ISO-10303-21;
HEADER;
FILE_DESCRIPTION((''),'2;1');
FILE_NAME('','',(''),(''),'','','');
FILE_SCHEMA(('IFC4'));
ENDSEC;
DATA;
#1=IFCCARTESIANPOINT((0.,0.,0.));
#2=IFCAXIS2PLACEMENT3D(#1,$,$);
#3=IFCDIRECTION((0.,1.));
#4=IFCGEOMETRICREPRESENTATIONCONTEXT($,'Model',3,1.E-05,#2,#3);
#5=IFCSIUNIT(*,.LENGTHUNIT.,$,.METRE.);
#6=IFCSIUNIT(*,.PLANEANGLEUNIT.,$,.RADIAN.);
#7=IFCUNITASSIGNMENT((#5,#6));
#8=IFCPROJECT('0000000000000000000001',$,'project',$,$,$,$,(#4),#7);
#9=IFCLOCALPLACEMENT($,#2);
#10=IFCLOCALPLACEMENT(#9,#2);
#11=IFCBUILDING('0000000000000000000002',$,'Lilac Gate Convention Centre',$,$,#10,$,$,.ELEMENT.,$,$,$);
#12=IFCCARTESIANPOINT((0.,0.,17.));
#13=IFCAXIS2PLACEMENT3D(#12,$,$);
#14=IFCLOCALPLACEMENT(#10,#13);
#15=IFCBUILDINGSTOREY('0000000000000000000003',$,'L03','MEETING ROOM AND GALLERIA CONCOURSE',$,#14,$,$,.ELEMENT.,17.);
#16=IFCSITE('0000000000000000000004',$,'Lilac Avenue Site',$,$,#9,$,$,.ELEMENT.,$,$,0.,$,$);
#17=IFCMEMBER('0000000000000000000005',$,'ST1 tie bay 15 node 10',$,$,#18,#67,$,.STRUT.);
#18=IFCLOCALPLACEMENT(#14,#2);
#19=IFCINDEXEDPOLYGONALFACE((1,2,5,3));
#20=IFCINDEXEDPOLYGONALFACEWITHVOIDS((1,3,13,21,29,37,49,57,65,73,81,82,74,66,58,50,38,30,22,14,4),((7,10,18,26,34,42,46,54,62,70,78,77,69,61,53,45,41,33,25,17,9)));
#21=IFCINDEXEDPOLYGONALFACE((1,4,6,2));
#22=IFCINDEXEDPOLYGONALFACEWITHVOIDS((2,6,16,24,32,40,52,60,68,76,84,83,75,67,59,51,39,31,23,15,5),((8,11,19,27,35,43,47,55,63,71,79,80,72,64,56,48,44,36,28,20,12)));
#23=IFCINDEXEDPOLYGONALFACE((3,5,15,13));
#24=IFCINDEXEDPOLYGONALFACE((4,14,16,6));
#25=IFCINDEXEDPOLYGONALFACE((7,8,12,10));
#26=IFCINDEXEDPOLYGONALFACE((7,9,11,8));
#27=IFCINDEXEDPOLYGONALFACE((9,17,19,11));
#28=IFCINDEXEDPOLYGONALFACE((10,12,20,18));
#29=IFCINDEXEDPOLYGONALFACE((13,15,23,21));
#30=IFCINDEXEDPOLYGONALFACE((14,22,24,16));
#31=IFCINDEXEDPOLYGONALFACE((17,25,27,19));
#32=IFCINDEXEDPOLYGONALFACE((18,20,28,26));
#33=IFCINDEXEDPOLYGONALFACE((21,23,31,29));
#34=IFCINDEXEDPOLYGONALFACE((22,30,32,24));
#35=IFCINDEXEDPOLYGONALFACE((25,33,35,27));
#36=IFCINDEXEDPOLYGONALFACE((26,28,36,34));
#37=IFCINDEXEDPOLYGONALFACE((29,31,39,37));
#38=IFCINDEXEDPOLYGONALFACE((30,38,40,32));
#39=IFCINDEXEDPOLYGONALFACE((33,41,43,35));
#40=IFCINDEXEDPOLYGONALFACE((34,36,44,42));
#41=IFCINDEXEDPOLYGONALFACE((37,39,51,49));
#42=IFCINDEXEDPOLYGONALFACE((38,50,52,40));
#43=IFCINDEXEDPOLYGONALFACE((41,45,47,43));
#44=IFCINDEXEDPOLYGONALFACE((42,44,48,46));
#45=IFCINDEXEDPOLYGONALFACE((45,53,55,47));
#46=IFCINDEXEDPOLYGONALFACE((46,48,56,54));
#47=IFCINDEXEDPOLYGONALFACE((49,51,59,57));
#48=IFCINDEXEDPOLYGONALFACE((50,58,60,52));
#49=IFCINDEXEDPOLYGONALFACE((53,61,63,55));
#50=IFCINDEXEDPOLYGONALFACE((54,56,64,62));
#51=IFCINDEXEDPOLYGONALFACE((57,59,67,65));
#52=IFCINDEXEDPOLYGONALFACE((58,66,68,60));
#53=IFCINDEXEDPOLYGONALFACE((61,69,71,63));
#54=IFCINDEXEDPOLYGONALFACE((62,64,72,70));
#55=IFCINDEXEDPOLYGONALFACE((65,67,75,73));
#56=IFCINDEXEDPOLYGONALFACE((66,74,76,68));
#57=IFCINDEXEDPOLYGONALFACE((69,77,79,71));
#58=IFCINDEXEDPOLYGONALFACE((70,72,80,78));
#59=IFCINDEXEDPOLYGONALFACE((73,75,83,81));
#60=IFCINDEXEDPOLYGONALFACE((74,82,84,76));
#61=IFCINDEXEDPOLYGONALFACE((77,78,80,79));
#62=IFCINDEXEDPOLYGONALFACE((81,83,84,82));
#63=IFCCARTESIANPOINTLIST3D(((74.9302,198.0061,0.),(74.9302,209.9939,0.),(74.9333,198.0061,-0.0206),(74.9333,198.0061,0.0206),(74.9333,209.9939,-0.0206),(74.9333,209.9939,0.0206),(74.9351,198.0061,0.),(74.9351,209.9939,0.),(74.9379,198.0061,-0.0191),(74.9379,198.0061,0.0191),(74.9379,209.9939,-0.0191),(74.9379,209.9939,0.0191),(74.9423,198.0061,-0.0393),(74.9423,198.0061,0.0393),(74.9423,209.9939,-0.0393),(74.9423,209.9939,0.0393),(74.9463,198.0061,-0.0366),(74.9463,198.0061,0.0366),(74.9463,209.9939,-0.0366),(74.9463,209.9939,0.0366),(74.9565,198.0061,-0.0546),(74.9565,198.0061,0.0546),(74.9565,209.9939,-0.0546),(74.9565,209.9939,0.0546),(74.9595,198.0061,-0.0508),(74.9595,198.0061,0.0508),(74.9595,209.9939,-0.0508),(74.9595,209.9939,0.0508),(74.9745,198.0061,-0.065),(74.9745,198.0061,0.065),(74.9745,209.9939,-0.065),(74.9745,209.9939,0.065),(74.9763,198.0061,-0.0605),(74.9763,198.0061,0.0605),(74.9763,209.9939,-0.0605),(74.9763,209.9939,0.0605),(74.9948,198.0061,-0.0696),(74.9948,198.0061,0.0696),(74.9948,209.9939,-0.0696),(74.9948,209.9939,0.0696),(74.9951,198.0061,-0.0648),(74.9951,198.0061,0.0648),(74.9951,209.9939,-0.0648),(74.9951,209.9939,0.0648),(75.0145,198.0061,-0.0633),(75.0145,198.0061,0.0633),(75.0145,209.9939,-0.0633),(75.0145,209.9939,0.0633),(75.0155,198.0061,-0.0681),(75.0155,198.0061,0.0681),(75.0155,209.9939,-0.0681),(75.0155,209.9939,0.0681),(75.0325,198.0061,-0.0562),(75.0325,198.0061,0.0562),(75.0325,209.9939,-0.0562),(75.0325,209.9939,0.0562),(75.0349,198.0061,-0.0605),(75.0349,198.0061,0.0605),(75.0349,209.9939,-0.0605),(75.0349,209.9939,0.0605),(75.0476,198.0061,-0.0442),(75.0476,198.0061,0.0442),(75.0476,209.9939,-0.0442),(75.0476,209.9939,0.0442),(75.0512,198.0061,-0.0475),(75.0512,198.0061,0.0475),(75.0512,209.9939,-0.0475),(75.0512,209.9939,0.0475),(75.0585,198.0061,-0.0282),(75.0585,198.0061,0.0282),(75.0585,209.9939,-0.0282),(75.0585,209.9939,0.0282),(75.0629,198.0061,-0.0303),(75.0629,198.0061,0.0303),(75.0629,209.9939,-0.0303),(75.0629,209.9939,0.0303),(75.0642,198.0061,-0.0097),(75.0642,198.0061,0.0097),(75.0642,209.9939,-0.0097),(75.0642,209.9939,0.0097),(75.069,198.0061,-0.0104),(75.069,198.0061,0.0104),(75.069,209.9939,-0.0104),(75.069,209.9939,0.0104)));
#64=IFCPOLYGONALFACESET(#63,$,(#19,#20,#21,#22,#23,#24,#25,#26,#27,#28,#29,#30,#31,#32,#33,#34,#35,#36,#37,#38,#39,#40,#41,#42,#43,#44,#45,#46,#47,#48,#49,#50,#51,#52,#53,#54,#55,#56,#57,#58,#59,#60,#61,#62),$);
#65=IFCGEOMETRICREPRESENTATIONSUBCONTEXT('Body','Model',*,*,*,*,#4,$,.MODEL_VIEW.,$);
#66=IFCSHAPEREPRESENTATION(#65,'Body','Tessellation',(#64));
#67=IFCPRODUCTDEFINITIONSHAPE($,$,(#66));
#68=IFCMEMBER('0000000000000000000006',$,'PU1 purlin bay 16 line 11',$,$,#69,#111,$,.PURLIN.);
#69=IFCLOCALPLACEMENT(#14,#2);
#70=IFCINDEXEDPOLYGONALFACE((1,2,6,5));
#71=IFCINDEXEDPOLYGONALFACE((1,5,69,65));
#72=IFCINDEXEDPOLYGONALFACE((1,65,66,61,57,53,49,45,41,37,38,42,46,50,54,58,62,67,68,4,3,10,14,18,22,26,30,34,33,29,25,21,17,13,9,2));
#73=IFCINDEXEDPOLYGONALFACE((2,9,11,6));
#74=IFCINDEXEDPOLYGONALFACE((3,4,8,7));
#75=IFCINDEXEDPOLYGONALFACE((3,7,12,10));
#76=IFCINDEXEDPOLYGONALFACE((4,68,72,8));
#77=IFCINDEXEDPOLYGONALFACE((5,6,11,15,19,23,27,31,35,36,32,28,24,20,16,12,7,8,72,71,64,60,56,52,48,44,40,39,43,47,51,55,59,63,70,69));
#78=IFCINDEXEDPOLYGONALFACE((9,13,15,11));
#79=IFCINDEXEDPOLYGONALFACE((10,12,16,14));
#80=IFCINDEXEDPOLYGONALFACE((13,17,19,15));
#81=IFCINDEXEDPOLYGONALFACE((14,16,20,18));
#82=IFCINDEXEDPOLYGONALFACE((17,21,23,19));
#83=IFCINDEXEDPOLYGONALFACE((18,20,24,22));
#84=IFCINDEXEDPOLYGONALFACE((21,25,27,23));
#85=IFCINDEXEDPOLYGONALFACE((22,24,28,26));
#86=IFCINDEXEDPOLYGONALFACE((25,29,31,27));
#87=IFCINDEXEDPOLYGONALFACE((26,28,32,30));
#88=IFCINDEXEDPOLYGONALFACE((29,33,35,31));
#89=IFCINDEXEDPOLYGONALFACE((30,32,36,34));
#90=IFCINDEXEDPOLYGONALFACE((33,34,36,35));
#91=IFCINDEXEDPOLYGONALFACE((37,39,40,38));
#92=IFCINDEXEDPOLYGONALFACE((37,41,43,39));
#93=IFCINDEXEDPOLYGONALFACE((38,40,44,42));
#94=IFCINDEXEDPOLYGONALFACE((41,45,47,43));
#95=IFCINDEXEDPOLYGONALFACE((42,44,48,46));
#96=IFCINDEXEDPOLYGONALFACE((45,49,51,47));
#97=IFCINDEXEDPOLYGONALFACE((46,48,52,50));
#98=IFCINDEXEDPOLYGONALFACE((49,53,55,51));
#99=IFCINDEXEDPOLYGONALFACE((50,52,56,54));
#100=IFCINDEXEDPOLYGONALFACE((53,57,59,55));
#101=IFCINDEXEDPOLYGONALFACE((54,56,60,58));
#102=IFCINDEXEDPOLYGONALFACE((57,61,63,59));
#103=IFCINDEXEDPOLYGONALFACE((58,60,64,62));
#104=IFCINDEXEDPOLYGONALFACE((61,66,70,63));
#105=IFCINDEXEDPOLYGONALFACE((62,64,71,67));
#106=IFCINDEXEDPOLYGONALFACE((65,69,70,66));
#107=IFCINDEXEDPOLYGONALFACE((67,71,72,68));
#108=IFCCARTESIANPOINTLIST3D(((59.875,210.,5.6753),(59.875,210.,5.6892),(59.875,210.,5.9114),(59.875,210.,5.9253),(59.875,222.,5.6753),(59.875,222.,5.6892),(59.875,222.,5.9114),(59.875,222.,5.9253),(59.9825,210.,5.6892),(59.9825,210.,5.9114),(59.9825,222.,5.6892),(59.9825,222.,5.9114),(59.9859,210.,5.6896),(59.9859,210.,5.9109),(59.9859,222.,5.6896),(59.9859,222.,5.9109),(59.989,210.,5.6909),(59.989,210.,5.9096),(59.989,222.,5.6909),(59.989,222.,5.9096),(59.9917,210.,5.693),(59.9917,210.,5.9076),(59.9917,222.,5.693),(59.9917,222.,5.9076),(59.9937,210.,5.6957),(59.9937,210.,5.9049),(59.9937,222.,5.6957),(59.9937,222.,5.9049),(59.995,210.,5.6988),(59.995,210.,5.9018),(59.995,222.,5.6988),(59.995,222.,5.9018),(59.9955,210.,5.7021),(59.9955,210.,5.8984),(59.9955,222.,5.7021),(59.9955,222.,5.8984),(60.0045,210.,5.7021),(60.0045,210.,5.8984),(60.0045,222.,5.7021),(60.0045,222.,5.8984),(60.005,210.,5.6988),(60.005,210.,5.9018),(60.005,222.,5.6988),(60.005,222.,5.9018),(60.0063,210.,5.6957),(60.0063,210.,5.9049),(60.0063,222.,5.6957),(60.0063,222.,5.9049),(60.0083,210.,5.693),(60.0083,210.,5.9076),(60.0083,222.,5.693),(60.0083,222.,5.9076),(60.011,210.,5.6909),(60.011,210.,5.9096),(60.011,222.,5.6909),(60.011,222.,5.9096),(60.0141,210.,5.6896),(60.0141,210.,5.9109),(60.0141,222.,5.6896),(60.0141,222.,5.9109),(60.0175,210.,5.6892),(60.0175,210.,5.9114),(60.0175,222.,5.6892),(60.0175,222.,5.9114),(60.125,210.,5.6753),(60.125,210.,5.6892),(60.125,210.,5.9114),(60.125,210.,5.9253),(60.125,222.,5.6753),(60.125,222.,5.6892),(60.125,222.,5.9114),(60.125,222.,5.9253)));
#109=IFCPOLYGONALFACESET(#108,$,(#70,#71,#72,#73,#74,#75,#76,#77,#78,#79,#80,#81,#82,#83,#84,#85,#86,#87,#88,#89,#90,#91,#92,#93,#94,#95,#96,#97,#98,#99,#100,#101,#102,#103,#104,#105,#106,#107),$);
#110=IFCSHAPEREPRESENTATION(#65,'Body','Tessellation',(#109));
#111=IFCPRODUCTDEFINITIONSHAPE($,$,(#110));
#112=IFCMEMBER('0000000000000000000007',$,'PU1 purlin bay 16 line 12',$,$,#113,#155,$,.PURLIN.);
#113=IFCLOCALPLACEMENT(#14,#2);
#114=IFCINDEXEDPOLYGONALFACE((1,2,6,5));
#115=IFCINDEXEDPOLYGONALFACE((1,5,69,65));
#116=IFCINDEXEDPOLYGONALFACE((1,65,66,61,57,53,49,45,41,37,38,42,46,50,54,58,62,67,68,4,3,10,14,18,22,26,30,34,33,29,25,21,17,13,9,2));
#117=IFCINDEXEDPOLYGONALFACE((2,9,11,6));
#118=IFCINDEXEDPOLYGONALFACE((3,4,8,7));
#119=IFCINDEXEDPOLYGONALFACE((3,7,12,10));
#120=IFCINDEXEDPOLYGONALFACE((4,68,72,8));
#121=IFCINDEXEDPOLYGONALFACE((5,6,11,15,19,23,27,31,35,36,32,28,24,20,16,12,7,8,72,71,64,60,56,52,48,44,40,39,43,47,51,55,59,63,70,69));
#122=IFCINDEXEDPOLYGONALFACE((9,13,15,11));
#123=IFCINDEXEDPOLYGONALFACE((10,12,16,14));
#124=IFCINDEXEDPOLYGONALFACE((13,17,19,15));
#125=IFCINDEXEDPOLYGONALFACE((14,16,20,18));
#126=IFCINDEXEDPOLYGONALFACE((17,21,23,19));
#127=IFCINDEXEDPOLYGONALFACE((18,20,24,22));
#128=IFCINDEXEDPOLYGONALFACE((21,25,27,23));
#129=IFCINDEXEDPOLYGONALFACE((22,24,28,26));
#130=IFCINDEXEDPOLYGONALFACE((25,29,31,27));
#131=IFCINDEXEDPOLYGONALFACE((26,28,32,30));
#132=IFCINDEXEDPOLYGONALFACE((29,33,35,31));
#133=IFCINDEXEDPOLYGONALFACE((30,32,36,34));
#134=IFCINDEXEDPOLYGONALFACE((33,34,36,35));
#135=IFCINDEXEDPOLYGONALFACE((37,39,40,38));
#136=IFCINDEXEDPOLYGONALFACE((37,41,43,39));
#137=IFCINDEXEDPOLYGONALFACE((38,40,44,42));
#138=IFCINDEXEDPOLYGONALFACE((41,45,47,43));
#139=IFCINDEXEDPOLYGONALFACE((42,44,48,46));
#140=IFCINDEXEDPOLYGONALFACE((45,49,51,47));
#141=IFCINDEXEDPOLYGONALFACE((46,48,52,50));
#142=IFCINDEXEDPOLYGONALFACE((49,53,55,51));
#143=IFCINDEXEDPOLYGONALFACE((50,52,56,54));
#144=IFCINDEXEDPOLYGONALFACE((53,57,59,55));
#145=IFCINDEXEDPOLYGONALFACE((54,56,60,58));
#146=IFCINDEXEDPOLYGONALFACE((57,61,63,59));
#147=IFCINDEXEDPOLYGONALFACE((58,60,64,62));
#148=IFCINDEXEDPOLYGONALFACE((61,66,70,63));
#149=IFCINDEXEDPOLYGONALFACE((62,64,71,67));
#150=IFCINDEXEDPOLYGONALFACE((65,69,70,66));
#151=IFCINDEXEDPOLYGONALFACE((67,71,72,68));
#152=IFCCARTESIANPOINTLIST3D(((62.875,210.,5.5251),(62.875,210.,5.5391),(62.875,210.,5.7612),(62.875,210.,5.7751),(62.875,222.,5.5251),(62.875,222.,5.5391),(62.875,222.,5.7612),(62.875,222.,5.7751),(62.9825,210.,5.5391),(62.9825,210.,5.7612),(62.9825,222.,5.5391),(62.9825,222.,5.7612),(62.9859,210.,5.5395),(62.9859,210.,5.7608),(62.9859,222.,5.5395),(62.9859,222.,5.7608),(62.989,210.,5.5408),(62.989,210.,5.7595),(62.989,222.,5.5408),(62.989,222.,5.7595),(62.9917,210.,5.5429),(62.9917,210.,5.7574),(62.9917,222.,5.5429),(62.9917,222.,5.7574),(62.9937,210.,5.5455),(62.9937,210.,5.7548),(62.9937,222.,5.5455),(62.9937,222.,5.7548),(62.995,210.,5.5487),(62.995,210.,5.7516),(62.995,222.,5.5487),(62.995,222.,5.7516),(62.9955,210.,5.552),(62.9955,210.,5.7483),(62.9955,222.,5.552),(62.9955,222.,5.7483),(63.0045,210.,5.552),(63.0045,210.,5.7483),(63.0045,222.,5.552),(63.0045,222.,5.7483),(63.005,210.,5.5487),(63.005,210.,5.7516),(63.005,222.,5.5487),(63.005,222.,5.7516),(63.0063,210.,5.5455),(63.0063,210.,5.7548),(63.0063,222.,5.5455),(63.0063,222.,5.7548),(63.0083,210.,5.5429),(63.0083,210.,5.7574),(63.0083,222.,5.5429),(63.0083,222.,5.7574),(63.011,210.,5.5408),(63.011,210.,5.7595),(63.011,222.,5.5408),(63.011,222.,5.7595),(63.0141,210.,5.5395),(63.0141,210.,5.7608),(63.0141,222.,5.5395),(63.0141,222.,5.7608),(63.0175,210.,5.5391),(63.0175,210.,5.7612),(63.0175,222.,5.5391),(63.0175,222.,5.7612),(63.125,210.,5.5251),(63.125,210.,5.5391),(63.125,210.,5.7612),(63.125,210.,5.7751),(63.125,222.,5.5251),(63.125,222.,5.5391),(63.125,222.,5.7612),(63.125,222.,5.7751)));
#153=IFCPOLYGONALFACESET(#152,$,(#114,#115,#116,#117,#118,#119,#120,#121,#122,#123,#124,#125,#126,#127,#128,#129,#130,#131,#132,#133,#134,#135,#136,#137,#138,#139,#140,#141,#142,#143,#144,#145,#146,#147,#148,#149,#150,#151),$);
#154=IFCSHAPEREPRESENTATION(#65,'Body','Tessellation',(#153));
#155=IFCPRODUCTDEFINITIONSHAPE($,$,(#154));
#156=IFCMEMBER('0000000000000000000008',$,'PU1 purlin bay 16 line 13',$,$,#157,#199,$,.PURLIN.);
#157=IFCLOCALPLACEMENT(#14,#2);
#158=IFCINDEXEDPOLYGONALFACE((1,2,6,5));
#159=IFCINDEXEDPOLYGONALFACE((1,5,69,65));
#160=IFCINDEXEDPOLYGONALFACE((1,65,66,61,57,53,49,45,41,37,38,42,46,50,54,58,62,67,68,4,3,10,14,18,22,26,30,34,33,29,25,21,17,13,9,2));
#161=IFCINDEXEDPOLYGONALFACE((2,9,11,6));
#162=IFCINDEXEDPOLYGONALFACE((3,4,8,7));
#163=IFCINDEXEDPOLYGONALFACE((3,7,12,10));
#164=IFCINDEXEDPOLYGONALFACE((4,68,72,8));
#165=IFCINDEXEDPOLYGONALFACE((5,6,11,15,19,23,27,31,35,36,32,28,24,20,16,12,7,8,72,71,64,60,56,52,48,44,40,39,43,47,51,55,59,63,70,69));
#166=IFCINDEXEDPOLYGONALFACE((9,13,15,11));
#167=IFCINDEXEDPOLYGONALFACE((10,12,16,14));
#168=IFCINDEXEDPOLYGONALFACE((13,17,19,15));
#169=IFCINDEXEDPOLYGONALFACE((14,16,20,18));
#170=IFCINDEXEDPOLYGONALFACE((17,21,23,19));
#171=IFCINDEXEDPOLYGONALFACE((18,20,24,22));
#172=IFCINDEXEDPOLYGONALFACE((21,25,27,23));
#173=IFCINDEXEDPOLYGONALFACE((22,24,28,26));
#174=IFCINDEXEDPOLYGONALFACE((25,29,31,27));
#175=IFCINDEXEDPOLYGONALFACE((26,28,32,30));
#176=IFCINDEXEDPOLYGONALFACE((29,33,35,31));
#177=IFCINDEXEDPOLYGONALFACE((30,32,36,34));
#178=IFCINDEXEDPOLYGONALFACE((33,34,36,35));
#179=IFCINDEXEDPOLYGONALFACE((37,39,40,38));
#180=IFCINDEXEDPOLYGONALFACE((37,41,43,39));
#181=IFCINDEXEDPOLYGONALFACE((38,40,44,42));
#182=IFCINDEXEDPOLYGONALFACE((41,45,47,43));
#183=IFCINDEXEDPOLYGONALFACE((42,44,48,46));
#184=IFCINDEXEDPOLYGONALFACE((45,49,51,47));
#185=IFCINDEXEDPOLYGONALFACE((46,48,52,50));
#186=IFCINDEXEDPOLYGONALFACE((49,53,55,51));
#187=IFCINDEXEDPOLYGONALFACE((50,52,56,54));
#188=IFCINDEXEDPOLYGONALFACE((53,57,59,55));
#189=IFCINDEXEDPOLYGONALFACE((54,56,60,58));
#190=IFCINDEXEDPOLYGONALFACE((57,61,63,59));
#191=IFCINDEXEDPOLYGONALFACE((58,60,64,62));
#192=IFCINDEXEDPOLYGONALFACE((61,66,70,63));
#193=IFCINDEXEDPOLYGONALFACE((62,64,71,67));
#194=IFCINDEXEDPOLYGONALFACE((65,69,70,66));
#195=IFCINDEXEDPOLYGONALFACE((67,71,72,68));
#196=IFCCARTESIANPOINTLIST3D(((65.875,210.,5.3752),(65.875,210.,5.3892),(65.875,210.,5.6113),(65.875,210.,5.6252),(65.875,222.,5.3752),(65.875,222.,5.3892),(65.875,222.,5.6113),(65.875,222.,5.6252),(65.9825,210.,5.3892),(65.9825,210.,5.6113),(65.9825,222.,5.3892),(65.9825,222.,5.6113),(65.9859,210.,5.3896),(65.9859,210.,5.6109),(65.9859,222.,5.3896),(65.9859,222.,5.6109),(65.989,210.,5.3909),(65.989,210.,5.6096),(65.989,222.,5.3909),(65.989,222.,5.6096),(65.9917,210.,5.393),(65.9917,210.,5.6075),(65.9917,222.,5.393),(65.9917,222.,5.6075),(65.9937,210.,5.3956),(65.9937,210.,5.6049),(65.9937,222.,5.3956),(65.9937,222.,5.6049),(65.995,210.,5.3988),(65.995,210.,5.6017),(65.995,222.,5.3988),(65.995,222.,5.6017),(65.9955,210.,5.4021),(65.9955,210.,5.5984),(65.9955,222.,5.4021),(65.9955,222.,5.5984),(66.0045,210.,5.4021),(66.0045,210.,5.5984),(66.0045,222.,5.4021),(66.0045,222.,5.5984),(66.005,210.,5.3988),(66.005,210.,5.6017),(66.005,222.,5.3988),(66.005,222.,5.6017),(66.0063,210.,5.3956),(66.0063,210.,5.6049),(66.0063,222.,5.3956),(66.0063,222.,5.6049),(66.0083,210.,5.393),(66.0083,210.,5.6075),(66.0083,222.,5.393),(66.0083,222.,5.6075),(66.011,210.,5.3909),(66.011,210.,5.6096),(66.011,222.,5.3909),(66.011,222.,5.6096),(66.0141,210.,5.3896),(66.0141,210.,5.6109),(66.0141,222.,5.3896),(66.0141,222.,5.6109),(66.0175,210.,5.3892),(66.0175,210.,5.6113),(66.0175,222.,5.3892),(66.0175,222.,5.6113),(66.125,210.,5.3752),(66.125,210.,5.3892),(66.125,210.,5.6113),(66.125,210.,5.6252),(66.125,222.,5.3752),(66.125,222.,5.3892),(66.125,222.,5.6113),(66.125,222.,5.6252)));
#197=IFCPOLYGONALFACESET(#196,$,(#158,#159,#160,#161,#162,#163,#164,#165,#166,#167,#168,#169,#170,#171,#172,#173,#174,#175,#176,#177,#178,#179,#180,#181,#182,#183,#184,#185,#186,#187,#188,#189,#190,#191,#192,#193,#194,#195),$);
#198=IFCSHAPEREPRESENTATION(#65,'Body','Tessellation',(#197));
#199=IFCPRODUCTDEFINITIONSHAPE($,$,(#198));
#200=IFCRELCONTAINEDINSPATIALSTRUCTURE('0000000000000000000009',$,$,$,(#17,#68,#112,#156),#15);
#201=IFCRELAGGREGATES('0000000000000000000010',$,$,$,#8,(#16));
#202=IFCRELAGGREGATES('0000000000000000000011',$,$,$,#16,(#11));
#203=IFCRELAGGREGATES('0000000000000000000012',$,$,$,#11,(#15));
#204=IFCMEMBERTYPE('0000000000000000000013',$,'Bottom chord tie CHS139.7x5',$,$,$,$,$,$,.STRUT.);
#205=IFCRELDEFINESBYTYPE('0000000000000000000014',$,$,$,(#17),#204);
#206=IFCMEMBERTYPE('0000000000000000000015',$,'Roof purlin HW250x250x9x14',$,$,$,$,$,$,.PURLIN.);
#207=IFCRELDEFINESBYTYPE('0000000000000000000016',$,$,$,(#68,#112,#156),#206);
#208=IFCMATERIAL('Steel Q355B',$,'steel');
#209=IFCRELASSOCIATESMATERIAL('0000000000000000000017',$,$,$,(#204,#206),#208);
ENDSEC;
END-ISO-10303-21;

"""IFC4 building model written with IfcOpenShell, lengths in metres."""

from ifc_helpers import new_model, si_unit, direction, frame, origin, origin_2d, place, context, subcontext, project, spatial, hollow_circle, i_section, extrude, material, material_profile, profile_set, type_object, element, save


model = new_model("IFC4")

# Units and contexts
model_context = context("Model", 3, precision=1e-05, world=origin(), true_north=direction((0.0, 1.0)))
body_context = subcontext(model_context, "Body", "Model", "MODEL_VIEW")
ifc_project = project(units=[si_unit("LENGTHUNIT", "METRE"), si_unit("PLANEANGLEUNIT", "RADIAN")], contexts=[model_context])

# Site, building, storey
site_placement = place(None, origin())
site = spatial("IfcSite", under=ifc_project, at=site_placement, Name="Lilac Avenue Site", CompositionType="ELEMENT", RefElevation=0.0)
building_placement = place(site_placement, origin())
building = spatial("IfcBuilding", under=site, at=building_placement, Name="Lilac Gate Convention Centre", CompositionType="ELEMENT")
storey_placement = place(building_placement, frame((0.0, 0.0, 17.0)))
storey = spatial("IfcBuildingStorey", under=building, at=storey_placement, Name="L03", Description="MEETING ROOM AND GALLERIA CONCOURSE", CompositionType="ELEMENT", Elevation=17.0)

# Members
ifc_material = material(Name="Steel Q355B", Category="steel")
ifc_material_profile_1 = material_profile(ifc_material, hollow_circle(Radius=0.0698, WallThickness=0.0049, at=origin_2d()), Name="CHS139.7x5")
ifc_profile_set_1 = profile_set([ifc_material_profile_1], Name="Steel Q355B")
member_type_1 = type_object("IfcMemberType", Name="Bottom chord tie CHS139.7x5", PredefinedType="STRUT", material=ifc_profile_set_1)
for number, where, z_axis, x_axis, name in (
    (1, (75.0, 198.0061, 0.0), (0.0, 1.0, 0.0), (-1.0, 0.0, 0.0), "ST1 tie bay 15 node 10"),
):
    element("IfcMember", number, at=place(storey_placement, frame(where, z_axis=z_axis, x_axis=x_axis)), inside=storey, type_object=member_type_1, Name=name, PredefinedType="STRUT", context=body_context, shape_type="SweptSolid", body=[
        extrude(hollow_circle(Radius=0.0698, WallThickness=0.0049, at=origin_2d()), origin(), (0.0, 0.0, 1.0), 11.9878),
    ])
ifc_material_profile_2 = material_profile(ifc_material, i_section(OverallWidth=0.25, OverallDepth=0.25, WebThickness=0.009, FlangeThickness=0.0139, FilletRadius=0.0129, at=origin_2d()), Name="HW250x250x9x14")
ifc_profile_set_2 = profile_set([ifc_material_profile_2], Name="Steel Q355B")
member_type_2 = type_object("IfcMemberType", Name="Roof purlin HW250x250x9x14", PredefinedType="PURLIN", material=ifc_profile_set_2)
for number, where, z_axis, x_axis, name in (
    (2, (60.0, 210.0, 5.8003), (0.0, 1.0, 0.0), (-1.0, 0.0, 0.0), "PU1 purlin bay 16 line 11"),
    (3, (63.0, 210.0, 5.6501), (0.0, 1.0, 0.0), (-1.0, 0.0, 0.0), "PU1 purlin bay 16 line 12"),
    (4, (66.0, 210.0, 5.5002), (0.0, 1.0, 0.0), (-1.0, 0.0, 0.0), "PU1 purlin bay 16 line 13"),
):
    element("IfcMember", number, at=place(storey_placement, frame(where, z_axis=z_axis, x_axis=x_axis)), inside=storey, type_object=member_type_2, Name=name, PredefinedType="PURLIN", context=body_context, shape_type="SweptSolid", body=[
        extrude(i_section(OverallWidth=0.25, OverallDepth=0.25, WebThickness=0.009, FlangeThickness=0.0139, FilletRadius=0.0129, at=origin_2d()), origin(), (0.0, 0.0, 1.0), 12.0),
    ])

save(model, "model.ifc")
